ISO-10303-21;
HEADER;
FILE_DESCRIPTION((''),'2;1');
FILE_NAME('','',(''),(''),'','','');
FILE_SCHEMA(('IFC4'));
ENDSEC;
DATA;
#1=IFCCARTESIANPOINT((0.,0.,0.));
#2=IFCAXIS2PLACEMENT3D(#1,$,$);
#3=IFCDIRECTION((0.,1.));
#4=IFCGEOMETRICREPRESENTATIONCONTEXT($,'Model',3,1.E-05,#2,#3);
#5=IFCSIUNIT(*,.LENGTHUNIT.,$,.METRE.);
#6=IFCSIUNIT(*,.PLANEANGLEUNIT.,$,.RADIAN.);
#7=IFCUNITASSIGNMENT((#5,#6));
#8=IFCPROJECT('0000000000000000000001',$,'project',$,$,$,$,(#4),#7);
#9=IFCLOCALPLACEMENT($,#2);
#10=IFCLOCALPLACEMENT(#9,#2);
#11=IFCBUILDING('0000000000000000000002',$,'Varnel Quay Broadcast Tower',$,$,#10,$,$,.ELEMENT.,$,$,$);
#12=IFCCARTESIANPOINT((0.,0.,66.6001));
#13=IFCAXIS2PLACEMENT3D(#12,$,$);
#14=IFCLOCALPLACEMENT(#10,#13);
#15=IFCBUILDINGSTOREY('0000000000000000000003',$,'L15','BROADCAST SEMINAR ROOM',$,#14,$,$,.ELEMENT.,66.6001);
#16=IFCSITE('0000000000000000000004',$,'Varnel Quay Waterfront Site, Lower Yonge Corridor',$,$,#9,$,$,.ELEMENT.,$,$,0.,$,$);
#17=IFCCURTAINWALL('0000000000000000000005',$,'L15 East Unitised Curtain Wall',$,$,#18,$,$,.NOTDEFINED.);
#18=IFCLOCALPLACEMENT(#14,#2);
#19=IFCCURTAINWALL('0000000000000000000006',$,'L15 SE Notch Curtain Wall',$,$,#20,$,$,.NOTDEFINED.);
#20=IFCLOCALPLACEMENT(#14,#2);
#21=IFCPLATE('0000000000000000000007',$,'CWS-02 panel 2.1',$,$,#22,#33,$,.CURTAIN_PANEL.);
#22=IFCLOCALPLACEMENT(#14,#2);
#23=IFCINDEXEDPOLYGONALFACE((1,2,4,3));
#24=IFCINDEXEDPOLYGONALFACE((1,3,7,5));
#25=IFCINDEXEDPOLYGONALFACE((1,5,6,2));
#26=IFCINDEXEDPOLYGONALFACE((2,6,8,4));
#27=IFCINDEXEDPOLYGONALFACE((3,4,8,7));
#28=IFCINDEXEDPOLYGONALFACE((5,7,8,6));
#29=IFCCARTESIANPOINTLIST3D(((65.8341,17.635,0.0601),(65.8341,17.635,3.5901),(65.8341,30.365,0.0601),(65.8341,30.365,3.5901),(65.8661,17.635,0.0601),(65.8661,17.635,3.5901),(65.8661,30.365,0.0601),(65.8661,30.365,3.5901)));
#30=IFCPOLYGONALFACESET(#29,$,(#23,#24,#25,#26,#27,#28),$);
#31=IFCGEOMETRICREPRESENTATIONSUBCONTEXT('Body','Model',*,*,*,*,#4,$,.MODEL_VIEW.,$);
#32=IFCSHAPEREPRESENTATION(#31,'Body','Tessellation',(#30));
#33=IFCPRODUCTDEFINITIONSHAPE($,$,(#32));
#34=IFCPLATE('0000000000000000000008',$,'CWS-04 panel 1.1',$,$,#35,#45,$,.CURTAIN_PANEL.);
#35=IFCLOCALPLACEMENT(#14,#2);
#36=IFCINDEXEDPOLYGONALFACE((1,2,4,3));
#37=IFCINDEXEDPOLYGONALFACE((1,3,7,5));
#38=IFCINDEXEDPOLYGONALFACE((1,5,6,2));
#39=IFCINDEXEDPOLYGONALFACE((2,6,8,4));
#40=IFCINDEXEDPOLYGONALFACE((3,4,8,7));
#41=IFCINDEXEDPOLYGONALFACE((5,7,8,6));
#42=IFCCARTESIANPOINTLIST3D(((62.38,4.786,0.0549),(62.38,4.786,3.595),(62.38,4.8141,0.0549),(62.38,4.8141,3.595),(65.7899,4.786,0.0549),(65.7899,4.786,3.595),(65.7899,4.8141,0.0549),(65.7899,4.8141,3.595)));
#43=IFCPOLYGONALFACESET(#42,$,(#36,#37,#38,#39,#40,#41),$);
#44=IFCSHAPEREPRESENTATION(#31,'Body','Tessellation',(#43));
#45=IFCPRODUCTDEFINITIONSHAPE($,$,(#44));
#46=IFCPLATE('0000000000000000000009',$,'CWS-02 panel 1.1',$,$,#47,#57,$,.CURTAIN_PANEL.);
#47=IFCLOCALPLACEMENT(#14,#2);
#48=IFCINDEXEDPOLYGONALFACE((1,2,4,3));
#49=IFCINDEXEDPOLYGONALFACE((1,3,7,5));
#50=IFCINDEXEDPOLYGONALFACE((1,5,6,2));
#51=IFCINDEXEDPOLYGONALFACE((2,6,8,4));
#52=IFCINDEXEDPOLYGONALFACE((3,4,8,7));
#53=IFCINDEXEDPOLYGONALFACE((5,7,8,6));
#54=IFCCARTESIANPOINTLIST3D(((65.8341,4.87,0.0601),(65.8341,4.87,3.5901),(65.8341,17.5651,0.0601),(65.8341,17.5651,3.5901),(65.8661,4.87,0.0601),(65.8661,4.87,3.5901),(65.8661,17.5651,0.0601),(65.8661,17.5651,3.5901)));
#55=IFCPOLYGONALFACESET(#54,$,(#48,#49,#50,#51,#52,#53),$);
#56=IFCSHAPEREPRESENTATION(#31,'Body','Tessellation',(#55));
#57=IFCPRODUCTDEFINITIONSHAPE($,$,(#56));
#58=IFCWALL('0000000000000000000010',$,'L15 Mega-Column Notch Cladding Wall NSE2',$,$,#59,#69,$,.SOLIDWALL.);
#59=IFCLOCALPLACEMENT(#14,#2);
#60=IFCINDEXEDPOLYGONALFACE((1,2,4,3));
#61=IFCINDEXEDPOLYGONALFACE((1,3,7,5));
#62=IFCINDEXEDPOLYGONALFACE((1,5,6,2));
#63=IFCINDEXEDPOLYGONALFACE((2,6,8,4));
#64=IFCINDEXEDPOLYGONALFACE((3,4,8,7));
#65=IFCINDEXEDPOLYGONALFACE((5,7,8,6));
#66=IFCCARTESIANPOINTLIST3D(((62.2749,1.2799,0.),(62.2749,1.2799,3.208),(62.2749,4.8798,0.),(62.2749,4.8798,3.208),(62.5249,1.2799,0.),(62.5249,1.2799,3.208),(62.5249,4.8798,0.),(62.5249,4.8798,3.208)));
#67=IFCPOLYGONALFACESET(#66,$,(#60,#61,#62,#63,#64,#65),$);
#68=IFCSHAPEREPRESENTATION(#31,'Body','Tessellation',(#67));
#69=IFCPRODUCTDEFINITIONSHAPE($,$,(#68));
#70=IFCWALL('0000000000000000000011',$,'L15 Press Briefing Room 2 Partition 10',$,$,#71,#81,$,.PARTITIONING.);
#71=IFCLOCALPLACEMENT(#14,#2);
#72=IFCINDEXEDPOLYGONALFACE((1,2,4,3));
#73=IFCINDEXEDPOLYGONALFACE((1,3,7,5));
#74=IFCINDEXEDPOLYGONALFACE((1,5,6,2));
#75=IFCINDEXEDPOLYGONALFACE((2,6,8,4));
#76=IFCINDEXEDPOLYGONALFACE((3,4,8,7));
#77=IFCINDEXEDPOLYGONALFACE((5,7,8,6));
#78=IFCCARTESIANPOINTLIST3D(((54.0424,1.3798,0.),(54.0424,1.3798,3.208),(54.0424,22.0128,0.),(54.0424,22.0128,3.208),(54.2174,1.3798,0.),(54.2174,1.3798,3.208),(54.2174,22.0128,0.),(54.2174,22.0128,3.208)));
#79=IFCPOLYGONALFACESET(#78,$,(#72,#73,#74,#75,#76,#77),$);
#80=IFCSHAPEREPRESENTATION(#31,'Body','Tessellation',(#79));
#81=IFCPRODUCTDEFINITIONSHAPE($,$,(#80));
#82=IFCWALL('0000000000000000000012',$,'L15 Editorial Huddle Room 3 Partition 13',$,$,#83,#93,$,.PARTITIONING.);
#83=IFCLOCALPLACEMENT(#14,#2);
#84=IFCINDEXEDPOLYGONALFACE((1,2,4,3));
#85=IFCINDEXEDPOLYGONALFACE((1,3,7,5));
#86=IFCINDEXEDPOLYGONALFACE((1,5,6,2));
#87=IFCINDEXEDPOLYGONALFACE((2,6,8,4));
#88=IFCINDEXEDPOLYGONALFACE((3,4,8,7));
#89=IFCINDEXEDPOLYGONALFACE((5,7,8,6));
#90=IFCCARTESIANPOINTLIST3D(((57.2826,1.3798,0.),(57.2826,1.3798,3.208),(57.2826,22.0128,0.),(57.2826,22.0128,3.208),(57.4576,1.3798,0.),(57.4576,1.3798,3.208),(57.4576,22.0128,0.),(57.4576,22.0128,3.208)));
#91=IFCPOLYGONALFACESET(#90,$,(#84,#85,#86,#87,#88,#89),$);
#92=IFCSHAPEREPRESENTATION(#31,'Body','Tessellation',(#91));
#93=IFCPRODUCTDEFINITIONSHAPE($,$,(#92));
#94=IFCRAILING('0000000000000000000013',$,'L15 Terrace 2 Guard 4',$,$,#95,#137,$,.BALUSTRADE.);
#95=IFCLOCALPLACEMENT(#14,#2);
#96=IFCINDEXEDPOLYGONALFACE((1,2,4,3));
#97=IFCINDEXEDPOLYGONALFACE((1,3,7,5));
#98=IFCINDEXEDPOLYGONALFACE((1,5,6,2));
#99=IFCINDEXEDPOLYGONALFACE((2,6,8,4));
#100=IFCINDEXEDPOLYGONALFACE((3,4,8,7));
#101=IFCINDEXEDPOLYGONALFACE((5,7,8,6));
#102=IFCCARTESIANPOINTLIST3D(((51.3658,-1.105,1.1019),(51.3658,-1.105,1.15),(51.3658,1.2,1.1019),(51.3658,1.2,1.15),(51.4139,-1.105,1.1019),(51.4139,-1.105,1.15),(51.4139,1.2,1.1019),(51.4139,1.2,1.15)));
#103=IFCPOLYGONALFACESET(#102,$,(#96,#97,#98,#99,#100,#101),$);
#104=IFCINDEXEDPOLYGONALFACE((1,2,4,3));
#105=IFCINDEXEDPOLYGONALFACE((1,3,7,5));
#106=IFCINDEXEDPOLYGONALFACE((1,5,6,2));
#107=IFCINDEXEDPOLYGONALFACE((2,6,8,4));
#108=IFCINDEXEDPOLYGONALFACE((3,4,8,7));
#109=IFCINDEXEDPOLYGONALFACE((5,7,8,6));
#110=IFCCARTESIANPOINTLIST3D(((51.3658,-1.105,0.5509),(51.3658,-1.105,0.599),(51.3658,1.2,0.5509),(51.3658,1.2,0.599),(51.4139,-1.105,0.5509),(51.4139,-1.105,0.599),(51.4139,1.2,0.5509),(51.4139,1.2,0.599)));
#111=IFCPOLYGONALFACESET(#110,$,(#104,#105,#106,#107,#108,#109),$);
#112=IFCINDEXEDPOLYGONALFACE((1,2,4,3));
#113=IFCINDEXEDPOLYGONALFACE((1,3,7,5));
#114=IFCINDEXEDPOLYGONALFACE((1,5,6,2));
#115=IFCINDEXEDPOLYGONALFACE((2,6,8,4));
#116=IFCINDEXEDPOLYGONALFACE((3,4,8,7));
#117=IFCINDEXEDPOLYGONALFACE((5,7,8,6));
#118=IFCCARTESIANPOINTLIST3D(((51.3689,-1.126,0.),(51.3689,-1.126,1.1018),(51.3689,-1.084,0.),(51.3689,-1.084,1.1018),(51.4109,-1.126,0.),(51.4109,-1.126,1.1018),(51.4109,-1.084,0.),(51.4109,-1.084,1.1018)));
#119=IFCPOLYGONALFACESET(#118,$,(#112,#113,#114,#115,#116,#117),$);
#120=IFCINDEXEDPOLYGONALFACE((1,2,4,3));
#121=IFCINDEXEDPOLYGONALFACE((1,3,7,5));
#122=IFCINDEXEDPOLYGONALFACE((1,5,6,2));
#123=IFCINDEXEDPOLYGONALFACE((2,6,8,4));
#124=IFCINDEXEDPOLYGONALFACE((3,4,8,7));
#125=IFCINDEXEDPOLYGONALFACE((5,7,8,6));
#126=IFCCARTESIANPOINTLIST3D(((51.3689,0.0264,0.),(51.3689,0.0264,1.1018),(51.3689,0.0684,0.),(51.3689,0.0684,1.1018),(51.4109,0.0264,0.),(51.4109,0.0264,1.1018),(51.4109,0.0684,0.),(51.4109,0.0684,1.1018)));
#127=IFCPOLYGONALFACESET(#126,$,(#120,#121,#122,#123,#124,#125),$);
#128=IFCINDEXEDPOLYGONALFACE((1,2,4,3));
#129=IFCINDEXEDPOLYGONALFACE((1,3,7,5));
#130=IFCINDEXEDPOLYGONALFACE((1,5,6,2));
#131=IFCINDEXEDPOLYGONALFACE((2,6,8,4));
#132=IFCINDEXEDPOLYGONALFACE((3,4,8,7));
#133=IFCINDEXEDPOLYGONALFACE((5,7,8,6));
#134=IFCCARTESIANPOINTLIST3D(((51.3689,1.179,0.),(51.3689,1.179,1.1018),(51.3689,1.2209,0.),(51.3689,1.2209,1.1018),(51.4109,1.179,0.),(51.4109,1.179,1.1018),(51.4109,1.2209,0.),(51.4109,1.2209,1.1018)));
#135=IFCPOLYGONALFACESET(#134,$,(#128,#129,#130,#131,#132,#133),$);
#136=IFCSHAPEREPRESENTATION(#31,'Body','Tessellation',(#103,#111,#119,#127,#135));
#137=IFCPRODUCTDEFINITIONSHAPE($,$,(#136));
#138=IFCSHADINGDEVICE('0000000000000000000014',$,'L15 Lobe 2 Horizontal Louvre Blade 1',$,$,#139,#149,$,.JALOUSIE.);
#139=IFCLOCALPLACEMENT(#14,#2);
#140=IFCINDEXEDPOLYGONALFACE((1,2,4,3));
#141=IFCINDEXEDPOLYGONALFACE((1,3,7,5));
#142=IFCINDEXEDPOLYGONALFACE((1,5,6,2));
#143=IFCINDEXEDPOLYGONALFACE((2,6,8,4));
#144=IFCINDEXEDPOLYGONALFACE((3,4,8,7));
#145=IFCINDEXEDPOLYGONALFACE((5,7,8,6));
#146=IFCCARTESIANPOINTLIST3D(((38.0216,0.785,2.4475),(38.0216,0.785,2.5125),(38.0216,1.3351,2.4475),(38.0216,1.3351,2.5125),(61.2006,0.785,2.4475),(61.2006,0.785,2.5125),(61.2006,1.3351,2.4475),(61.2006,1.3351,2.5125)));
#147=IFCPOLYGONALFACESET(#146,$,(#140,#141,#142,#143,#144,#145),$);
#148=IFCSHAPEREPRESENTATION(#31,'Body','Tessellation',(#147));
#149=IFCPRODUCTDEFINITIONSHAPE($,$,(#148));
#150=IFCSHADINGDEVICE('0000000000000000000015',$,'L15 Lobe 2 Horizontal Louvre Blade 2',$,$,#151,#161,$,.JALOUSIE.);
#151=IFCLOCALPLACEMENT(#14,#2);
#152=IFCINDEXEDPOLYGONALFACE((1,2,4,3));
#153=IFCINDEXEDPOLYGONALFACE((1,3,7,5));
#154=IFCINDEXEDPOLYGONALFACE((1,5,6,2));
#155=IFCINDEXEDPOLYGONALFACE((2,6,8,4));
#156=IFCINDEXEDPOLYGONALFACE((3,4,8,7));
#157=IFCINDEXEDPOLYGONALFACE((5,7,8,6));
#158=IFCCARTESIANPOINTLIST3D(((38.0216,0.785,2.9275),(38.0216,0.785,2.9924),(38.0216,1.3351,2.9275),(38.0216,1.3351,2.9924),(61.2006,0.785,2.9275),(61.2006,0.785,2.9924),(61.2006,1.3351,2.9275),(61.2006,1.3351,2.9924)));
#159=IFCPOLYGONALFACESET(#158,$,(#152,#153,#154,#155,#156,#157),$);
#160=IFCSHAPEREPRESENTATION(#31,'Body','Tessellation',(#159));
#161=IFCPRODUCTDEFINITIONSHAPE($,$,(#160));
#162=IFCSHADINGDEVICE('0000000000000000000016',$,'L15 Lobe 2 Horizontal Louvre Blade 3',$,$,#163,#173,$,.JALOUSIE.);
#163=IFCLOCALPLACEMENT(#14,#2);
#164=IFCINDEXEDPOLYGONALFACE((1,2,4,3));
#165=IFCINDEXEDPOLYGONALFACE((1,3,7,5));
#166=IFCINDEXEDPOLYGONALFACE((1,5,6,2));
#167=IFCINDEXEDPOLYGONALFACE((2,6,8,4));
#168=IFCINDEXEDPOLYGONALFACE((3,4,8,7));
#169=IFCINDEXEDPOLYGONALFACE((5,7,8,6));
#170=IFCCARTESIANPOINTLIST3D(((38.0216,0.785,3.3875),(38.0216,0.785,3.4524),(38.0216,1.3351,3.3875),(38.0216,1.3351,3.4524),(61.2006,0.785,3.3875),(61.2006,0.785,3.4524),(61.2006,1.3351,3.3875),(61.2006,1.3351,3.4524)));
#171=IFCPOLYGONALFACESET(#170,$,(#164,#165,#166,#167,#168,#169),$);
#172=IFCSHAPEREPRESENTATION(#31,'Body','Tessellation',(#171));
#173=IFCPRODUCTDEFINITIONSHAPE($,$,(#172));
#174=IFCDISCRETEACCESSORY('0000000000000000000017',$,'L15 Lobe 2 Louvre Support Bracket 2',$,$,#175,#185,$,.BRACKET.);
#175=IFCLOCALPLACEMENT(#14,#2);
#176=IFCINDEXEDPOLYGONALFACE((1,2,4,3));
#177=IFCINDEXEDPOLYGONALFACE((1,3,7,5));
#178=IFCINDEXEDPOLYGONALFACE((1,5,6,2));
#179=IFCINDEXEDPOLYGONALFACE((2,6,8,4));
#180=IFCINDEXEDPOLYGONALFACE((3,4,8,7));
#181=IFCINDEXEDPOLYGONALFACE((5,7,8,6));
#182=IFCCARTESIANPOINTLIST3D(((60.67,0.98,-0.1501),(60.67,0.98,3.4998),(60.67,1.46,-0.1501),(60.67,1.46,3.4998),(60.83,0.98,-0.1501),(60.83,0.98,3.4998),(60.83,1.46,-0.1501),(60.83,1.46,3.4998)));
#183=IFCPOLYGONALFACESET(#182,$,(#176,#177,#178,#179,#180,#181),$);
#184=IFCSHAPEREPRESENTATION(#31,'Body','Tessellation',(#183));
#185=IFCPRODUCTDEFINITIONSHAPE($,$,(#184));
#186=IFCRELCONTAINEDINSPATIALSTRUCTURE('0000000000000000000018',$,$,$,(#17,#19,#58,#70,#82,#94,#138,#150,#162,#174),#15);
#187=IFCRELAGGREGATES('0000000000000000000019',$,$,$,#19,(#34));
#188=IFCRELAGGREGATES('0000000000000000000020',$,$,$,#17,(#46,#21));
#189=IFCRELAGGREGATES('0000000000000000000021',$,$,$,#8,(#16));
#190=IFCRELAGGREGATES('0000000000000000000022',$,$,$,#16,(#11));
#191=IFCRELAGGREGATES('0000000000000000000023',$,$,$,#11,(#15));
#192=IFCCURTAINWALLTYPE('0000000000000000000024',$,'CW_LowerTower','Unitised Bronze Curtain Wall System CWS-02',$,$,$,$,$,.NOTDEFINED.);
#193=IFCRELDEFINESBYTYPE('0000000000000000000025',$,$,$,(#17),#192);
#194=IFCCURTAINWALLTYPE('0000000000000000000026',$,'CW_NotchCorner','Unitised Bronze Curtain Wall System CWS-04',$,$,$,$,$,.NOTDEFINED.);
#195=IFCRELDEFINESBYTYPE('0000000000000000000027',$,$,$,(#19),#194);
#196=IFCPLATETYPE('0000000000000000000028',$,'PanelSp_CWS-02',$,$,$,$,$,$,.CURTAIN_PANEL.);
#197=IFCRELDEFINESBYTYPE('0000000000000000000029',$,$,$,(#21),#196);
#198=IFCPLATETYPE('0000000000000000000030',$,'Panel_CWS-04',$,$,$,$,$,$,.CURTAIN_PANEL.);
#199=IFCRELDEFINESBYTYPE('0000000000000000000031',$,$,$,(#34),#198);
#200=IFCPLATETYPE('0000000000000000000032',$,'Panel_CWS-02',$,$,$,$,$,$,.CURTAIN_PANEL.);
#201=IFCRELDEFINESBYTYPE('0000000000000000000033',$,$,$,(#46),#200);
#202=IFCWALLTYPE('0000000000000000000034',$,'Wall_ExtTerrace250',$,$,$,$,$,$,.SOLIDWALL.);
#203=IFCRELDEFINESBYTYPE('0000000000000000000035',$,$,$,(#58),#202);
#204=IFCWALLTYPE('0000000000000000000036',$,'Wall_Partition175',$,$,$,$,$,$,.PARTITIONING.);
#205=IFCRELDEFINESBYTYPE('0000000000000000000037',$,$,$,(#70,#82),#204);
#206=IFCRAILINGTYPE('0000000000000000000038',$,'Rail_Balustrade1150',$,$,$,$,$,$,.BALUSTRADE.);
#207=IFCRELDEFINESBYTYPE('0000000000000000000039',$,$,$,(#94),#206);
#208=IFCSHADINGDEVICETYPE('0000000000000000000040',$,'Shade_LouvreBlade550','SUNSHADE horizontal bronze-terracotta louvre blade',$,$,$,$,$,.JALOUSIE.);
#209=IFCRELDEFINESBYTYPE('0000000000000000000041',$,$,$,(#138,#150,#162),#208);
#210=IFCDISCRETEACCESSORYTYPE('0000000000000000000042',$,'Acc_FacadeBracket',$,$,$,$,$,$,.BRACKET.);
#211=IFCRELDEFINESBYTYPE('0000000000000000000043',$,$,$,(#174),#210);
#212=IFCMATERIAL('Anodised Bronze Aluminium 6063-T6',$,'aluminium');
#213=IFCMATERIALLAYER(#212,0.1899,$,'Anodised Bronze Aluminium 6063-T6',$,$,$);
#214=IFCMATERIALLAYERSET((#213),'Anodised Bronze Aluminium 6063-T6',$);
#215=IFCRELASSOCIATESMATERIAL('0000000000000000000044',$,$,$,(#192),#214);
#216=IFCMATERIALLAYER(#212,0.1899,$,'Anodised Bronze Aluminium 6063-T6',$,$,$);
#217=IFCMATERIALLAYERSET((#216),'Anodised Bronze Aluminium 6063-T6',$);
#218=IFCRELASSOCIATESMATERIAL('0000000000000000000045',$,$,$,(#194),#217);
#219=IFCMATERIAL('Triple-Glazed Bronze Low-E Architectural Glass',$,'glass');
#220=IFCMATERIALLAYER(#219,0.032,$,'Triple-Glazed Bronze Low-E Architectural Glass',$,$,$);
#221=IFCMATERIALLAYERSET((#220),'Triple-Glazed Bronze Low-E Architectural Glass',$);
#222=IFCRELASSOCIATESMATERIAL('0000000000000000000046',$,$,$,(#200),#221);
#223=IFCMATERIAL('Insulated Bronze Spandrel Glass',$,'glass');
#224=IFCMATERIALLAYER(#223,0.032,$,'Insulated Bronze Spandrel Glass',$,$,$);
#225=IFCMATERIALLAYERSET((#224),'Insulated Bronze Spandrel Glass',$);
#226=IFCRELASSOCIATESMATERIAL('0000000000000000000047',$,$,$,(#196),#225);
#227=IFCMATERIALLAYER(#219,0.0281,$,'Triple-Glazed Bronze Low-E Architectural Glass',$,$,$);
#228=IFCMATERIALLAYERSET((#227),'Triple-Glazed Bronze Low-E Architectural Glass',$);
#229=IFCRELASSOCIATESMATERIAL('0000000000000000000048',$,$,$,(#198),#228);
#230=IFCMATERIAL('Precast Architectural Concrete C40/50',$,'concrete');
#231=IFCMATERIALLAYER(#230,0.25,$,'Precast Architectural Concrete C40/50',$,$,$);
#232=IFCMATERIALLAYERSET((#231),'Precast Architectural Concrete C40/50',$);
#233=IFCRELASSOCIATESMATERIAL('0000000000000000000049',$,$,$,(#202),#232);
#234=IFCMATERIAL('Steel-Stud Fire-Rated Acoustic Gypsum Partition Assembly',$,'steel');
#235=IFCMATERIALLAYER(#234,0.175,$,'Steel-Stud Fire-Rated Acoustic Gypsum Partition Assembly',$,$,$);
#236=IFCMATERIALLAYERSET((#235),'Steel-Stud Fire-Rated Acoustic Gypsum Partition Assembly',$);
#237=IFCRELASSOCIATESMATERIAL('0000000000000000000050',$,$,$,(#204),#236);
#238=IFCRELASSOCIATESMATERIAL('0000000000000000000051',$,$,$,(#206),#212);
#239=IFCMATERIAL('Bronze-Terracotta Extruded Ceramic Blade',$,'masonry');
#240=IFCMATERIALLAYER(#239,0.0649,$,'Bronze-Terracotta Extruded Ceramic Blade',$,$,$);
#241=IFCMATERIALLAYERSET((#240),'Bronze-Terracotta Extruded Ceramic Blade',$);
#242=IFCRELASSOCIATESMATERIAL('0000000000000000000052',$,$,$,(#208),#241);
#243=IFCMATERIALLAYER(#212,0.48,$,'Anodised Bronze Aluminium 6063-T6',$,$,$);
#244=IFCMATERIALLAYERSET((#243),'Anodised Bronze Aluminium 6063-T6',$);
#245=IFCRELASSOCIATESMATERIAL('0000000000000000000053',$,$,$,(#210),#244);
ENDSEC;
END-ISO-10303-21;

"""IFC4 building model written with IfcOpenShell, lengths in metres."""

from ifc_helpers import new_model, si_unit, direction, frame, frame_2d, origin, origin_2d, place, context, subcontext, project, spatial, rectangle, extrude, source, transform, mapped, material, layer, layer_set, type_object, type_shapes, element, aggregate, save


model = new_model("IFC4")

# Units and contexts
model_context = context("Model", 3, precision=1e-05, world=origin(), true_north=direction((0.0, 1.0)))
body_context = subcontext(model_context, "Body", "Model", "MODEL_VIEW")
ifc_project = project(units=[si_unit("LENGTHUNIT", "METRE"), si_unit("PLANEANGLEUNIT", "RADIAN")], contexts=[model_context])

# Site, building, storey
site_placement = place(None, origin())
site = spatial("IfcSite", under=ifc_project, at=site_placement, Name="Varnel Quay Waterfront Site, Lower Yonge Corridor", CompositionType="ELEMENT", RefElevation=0.0)
building_placement = place(site_placement, origin())
building = spatial("IfcBuilding", under=site, at=building_placement, Name="Varnel Quay Broadcast Tower", CompositionType="ELEMENT")
storey_placement = place(building_placement, frame((0.0, 0.0, 66.6001)))
storey = spatial("IfcBuildingStorey", under=building, at=storey_placement, Name="L15", Description="BROADCAST SEMINAR ROOM", CompositionType="ELEMENT", Elevation=66.6001)

# Curtain wall
ifc_material_1 = material(Name="Anodised Bronze Aluminium 6063-T6", Category="aluminium")
ifc_layer_1 = layer(ifc_material_1, 0.1899, Name="Anodised Bronze Aluminium 6063-T6")
ifc_layer_set_1 = layer_set([ifc_layer_1], Name="Anodised Bronze Aluminium 6063-T6")
curtain_wall_type_1 = type_object("IfcCurtainWallType", Name="CW_LowerTower", Description="Unitised Bronze Curtain Wall System CWS-02", PredefinedType="NOTDEFINED", material=ifc_layer_set_1)
curtain_wall_1_placement = place(storey_placement, origin())
curtain_wall_1 = element("IfcCurtainWall", 1, at=curtain_wall_1_placement, inside=storey, type_object=curtain_wall_type_1, Name="L15 East Unitised Curtain Wall", PredefinedType="NOTDEFINED")

# Curtain wall
ifc_layer_2 = layer(ifc_material_1, 0.1899, Name="Anodised Bronze Aluminium 6063-T6")
ifc_layer_set_2 = layer_set([ifc_layer_2], Name="Anodised Bronze Aluminium 6063-T6")
curtain_wall_type_2 = type_object("IfcCurtainWallType", Name="CW_NotchCorner", Description="Unitised Bronze Curtain Wall System CWS-04", PredefinedType="NOTDEFINED", material=ifc_layer_set_2)
curtain_wall_2_placement = place(storey_placement, origin())
curtain_wall_2 = element("IfcCurtainWall", 2, at=curtain_wall_2_placement, inside=storey, type_object=curtain_wall_type_2, Name="L15 SE Notch Curtain Wall", PredefinedType="NOTDEFINED")

# Plates
ifc_material_2 = material(Name="Triple-Glazed Bronze Low-E Architectural Glass", Category="glass")
ifc_layer_3 = layer(ifc_material_2, 0.032, Name="Triple-Glazed Bronze Low-E Architectural Glass")
ifc_layer_set_3 = layer_set([ifc_layer_3], Name="Triple-Glazed Bronze Low-E Architectural Glass")
plate_type_1 = type_object("IfcPlateType", Name="Panel_CWS-02", PredefinedType="CURTAIN_PANEL", material=ifc_layer_set_3)
ifc_material_3 = material(Name="Insulated Bronze Spandrel Glass", Category="glass")
ifc_layer_4 = layer(ifc_material_3, 0.032, Name="Insulated Bronze Spandrel Glass")
ifc_layer_set_4 = layer_set([ifc_layer_4], Name="Insulated Bronze Spandrel Glass")
plate_type_2 = type_object("IfcPlateType", Name="PanelSp_CWS-02", PredefinedType="CURTAIN_PANEL", material=ifc_layer_set_4)
shared_shape_1 = source(origin(), body_context, "Body", "SweptSolid", [
    extrude(rectangle(XDim=12.73, YDim=0.032, at=origin_2d()), origin(), (0.0, 0.0, 1.0), 3.53),
])
type_shapes(plate_type_2, [shared_shape_1])
plate_1_placement = place(storey_placement, frame((65.8501, 24.0, 0.0601), z_axis=(0.0, 0.0, 1.0), x_axis=(0.0, 1.0, 0.0)))
plate_1 = element("IfcPlate", 3, at=plate_1_placement, type_object=plate_type_2, Name="CWS-02 panel 2.1", PredefinedType="CURTAIN_PANEL", context=body_context, shape_type="MappedRepresentation", body=[
    mapped(shared_shape_1, transform((0.0, 0.0, 0.0), x_axis=(1.0, 0.0, 0.0), y_axis=(0.0, 1.0, 0.0), z_axis=(0.0, 0.0, 1.0), scale=1.0)),
])
ifc_layer_5 = layer(ifc_material_2, 0.0281, Name="Triple-Glazed Bronze Low-E Architectural Glass")
ifc_layer_set_5 = layer_set([ifc_layer_5], Name="Triple-Glazed Bronze Low-E Architectural Glass")
plate_type_3 = type_object("IfcPlateType", Name="Panel_CWS-04", PredefinedType="CURTAIN_PANEL", material=ifc_layer_set_5)
shared_shape_2 = source(origin(), body_context, "Body", "SweptSolid", [
    extrude(rectangle(XDim=3.4099, YDim=0.0281, at=origin_2d()), origin(), (0.0, 0.0, 1.0), 3.54),
])
type_shapes(plate_type_3, [shared_shape_2])
plate_2_placement = place(storey_placement, frame((64.085, 4.8, 0.0549), z_axis=(0.0, 0.0, 1.0), x_axis=(1.0, 0.0, 0.0)))
plate_2 = element("IfcPlate", 4, at=plate_2_placement, type_object=plate_type_3, Name="CWS-04 panel 1.1", PredefinedType="CURTAIN_PANEL", context=body_context, shape_type="MappedRepresentation", body=[
    mapped(shared_shape_2, transform((0.0, 0.0, 0.0), x_axis=(1.0, 0.0, 0.0), y_axis=(0.0, 1.0, 0.0), z_axis=(0.0, 0.0, 1.0), scale=1.0)),
])
aggregate(curtain_wall_2, [plate_2])
shared_shape_3 = source(origin(), body_context, "Body", "SweptSolid", [
    extrude(rectangle(XDim=12.6951, YDim=0.032, at=origin_2d()), origin(), (0.0, 0.0, 1.0), 3.53),
])
plate_3_placement = place(storey_placement, frame((65.8501, 11.2175, 0.0601), z_axis=(0.0, 0.0, 1.0), x_axis=(0.0, 1.0, 0.0)))
plate_3 = element("IfcPlate", 5, at=plate_3_placement, type_object=plate_type_1, Name="CWS-02 panel 1.1", PredefinedType="CURTAIN_PANEL", context=body_context, shape_type="MappedRepresentation", body=[
    mapped(shared_shape_3, transform((0.0, 0.0, 0.0), x_axis=(1.0, 0.0, 0.0), y_axis=(0.0, 1.0, 0.0), z_axis=(0.0, 0.0, 1.0), scale=1.0)),
])
aggregate(curtain_wall_1, [plate_3, plate_1])

# Walls
ifc_material_4 = material(Name="Precast Architectural Concrete C40/50", Category="concrete")
ifc_layer_6 = layer(ifc_material_4, 0.25, Name="Precast Architectural Concrete C40/50")
ifc_layer_set_6 = layer_set([ifc_layer_6], Name="Precast Architectural Concrete C40/50")
wall_type_1 = type_object("IfcWallType", Name="Wall_ExtTerrace250", PredefinedType="SOLIDWALL", material=ifc_layer_set_6)
wall_placement = place(storey_placement, frame((62.3999, 1.28, 0.0), z_axis=(0.0, 0.0, 1.0), x_axis=(0.0, 1.0, 0.0)))
element("IfcWall", 6, at=wall_placement, inside=storey, type_object=wall_type_1, Name="L15 Mega-Column Notch Cladding Wall NSE2", PredefinedType="SOLIDWALL", context=body_context, shape_type="SweptSolid", body=[
    extrude(rectangle(XDim=3.5999, YDim=0.25, at=frame_2d((1.7998, 0.0))), origin(), (0.0, 0.0, 1.0), 3.208),
])
ifc_material_5 = material(Name="Steel-Stud Fire-Rated Acoustic Gypsum Partition Assembly", Category="steel")
ifc_layer_7 = layer(ifc_material_5, 0.175, Name="Steel-Stud Fire-Rated Acoustic Gypsum Partition Assembly")
ifc_layer_set_7 = layer_set([ifc_layer_7], Name="Steel-Stud Fire-Rated Acoustic Gypsum Partition Assembly")
wall_type_2 = type_object("IfcWallType", Name="Wall_Partition175", PredefinedType="PARTITIONING", material=ifc_layer_set_7)
for number, where, z_axis, x_axis, name in (
    (7, (54.1299, 1.3799, 0.0), (0.0, 0.0, 1.0), (0.0, 1.0, 0.0), "L15 Press Briefing Room 2 Partition 10"),
    (8, (57.3701, 1.3799, 0.0), (0.0, 0.0, 1.0), (0.0, 1.0, 0.0), "L15 Editorial Huddle Room 3 Partition 13"),
):
    element("IfcWall", number, at=place(storey_placement, frame(where, z_axis=z_axis, x_axis=x_axis)), inside=storey, type_object=wall_type_2, Name=name, PredefinedType="PARTITIONING", context=body_context, shape_type="SweptSolid", body=[
        extrude(rectangle(XDim=20.6331, YDim=0.175, at=frame_2d((10.3164, 0.0))), origin(), (0.0, 0.0, 1.0), 3.208),
    ])

# Railing
railing_type = type_object("IfcRailingType", Name="Rail_Balustrade1150", PredefinedType="BALUSTRADE", material=ifc_material_1)
railing_placement = place(storey_placement, frame((51.3899, -1.105, 0.0)))
element("IfcRailing", 9, at=railing_placement, inside=storey, type_object=railing_type, Name="L15 Terrace 2 Guard 4", PredefinedType="BALUSTRADE", context=body_context, shape_type="SweptSolid", body=[
    extrude(rectangle(XDim=0.0481, YDim=0.0481, at=origin_2d()), frame((0.0, 0.0, 1.126), z_axis=(0.0, 1.0, 0.0), x_axis=(-1.0, 0.0, 0.0)), (0.0, 0.0, 1.0), 2.3049),
    extrude(rectangle(XDim=0.0481, YDim=0.0481, at=origin_2d()), frame((0.0, 0.0, 0.575), z_axis=(0.0, 1.0, 0.0), x_axis=(-1.0, 0.0, 0.0)), (0.0, 0.0, 1.0), 2.3049),
    extrude(rectangle(XDim=0.042, YDim=0.042, at=origin_2d()), origin(), (0.0, 0.0, 1.0), 1.1018),
    extrude(rectangle(XDim=0.042, YDim=0.042, at=origin_2d()), frame((0.0, 1.1523, 0.0)), (0.0, 0.0, 1.0), 1.1018),
    extrude(rectangle(XDim=0.042, YDim=0.042, at=origin_2d()), frame((0.0, 2.3049, 0.0)), (0.0, 0.0, 1.0), 1.1018),
])

# Shading devices
ifc_material_6 = material(Name="Bronze-Terracotta Extruded Ceramic Blade", Category="masonry")
ifc_layer_8 = layer(ifc_material_6, 0.0649, Name="Bronze-Terracotta Extruded Ceramic Blade")
ifc_layer_set_8 = layer_set([ifc_layer_8], Name="Bronze-Terracotta Extruded Ceramic Blade")
shading_device_type = type_object("IfcShadingDeviceType", Name="Shade_LouvreBlade550", Description="SUNSHADE horizontal bronze-terracotta louvre blade", PredefinedType="JALOUSIE", material=ifc_layer_set_8)
shared_shape_4 = source(origin(), body_context, "Body", "SweptSolid", [
    extrude(rectangle(XDim=23.179, YDim=0.55, at=origin_2d()), origin(), (0.0, 0.0, 1.0), 0.0649),
])
type_shapes(shading_device_type, [shared_shape_4])
for number, where, z_axis, x_axis, name in (
    (10, (49.6111, 1.0601, 2.4475), (0.0, 0.0, 1.0), (1.0, 0.0, 0.0), "L15 Lobe 2 Horizontal Louvre Blade 1"),
    (11, (49.6111, 1.0601, 2.9275), (0.0, 0.0, 1.0), (1.0, 0.0, 0.0), "L15 Lobe 2 Horizontal Louvre Blade 2"),
    (12, (49.6111, 1.0601, 3.3875), (0.0, 0.0, 1.0), (1.0, 0.0, 0.0), "L15 Lobe 2 Horizontal Louvre Blade 3"),
):
    element("IfcShadingDevice", number, at=place(storey_placement, frame(where, z_axis=z_axis, x_axis=x_axis)), inside=storey, type_object=shading_device_type, Name=name, PredefinedType="JALOUSIE", context=body_context, shape_type="MappedRepresentation", body=[
        mapped(shared_shape_4, transform((0.0, 0.0, 0.0), x_axis=(1.0, 0.0, 0.0), y_axis=(0.0, 1.0, 0.0), z_axis=(0.0, 0.0, 1.0), scale=1.0)),
    ])

# Discrete accessory
ifc_layer_9 = layer(ifc_material_1, 0.48, Name="Anodised Bronze Aluminium 6063-T6")
ifc_layer_set_9 = layer_set([ifc_layer_9], Name="Anodised Bronze Aluminium 6063-T6")
discrete_accessory_type = type_object("IfcDiscreteAccessoryType", Name="Acc_FacadeBracket", PredefinedType="BRACKET", material=ifc_layer_set_9)
shared_shape_5 = source(origin(), body_context, "Body", "SweptSolid", [
    extrude(rectangle(XDim=0.1599, YDim=0.48, at=origin_2d()), origin(), (0.0, 0.0, 1.0), 3.6499),
])
type_shapes(discrete_accessory_type, [shared_shape_5])
discrete_accessory_placement = place(storey_placement, frame((60.75, 1.22, -0.1501), z_axis=(0.0, 0.0, 1.0), x_axis=(1.0, 0.0, 0.0)))
element("IfcDiscreteAccessory", 13, at=discrete_accessory_placement, inside=storey, type_object=discrete_accessory_type, Name="L15 Lobe 2 Louvre Support Bracket 2", PredefinedType="BRACKET", context=body_context, shape_type="MappedRepresentation", body=[
    mapped(shared_shape_5, transform((0.0, 0.0, 0.0), x_axis=(1.0, 0.0, 0.0), y_axis=(0.0, 1.0, 0.0), z_axis=(0.0, 0.0, 1.0), scale=1.0)),
])

save(model, "model.ifc")
